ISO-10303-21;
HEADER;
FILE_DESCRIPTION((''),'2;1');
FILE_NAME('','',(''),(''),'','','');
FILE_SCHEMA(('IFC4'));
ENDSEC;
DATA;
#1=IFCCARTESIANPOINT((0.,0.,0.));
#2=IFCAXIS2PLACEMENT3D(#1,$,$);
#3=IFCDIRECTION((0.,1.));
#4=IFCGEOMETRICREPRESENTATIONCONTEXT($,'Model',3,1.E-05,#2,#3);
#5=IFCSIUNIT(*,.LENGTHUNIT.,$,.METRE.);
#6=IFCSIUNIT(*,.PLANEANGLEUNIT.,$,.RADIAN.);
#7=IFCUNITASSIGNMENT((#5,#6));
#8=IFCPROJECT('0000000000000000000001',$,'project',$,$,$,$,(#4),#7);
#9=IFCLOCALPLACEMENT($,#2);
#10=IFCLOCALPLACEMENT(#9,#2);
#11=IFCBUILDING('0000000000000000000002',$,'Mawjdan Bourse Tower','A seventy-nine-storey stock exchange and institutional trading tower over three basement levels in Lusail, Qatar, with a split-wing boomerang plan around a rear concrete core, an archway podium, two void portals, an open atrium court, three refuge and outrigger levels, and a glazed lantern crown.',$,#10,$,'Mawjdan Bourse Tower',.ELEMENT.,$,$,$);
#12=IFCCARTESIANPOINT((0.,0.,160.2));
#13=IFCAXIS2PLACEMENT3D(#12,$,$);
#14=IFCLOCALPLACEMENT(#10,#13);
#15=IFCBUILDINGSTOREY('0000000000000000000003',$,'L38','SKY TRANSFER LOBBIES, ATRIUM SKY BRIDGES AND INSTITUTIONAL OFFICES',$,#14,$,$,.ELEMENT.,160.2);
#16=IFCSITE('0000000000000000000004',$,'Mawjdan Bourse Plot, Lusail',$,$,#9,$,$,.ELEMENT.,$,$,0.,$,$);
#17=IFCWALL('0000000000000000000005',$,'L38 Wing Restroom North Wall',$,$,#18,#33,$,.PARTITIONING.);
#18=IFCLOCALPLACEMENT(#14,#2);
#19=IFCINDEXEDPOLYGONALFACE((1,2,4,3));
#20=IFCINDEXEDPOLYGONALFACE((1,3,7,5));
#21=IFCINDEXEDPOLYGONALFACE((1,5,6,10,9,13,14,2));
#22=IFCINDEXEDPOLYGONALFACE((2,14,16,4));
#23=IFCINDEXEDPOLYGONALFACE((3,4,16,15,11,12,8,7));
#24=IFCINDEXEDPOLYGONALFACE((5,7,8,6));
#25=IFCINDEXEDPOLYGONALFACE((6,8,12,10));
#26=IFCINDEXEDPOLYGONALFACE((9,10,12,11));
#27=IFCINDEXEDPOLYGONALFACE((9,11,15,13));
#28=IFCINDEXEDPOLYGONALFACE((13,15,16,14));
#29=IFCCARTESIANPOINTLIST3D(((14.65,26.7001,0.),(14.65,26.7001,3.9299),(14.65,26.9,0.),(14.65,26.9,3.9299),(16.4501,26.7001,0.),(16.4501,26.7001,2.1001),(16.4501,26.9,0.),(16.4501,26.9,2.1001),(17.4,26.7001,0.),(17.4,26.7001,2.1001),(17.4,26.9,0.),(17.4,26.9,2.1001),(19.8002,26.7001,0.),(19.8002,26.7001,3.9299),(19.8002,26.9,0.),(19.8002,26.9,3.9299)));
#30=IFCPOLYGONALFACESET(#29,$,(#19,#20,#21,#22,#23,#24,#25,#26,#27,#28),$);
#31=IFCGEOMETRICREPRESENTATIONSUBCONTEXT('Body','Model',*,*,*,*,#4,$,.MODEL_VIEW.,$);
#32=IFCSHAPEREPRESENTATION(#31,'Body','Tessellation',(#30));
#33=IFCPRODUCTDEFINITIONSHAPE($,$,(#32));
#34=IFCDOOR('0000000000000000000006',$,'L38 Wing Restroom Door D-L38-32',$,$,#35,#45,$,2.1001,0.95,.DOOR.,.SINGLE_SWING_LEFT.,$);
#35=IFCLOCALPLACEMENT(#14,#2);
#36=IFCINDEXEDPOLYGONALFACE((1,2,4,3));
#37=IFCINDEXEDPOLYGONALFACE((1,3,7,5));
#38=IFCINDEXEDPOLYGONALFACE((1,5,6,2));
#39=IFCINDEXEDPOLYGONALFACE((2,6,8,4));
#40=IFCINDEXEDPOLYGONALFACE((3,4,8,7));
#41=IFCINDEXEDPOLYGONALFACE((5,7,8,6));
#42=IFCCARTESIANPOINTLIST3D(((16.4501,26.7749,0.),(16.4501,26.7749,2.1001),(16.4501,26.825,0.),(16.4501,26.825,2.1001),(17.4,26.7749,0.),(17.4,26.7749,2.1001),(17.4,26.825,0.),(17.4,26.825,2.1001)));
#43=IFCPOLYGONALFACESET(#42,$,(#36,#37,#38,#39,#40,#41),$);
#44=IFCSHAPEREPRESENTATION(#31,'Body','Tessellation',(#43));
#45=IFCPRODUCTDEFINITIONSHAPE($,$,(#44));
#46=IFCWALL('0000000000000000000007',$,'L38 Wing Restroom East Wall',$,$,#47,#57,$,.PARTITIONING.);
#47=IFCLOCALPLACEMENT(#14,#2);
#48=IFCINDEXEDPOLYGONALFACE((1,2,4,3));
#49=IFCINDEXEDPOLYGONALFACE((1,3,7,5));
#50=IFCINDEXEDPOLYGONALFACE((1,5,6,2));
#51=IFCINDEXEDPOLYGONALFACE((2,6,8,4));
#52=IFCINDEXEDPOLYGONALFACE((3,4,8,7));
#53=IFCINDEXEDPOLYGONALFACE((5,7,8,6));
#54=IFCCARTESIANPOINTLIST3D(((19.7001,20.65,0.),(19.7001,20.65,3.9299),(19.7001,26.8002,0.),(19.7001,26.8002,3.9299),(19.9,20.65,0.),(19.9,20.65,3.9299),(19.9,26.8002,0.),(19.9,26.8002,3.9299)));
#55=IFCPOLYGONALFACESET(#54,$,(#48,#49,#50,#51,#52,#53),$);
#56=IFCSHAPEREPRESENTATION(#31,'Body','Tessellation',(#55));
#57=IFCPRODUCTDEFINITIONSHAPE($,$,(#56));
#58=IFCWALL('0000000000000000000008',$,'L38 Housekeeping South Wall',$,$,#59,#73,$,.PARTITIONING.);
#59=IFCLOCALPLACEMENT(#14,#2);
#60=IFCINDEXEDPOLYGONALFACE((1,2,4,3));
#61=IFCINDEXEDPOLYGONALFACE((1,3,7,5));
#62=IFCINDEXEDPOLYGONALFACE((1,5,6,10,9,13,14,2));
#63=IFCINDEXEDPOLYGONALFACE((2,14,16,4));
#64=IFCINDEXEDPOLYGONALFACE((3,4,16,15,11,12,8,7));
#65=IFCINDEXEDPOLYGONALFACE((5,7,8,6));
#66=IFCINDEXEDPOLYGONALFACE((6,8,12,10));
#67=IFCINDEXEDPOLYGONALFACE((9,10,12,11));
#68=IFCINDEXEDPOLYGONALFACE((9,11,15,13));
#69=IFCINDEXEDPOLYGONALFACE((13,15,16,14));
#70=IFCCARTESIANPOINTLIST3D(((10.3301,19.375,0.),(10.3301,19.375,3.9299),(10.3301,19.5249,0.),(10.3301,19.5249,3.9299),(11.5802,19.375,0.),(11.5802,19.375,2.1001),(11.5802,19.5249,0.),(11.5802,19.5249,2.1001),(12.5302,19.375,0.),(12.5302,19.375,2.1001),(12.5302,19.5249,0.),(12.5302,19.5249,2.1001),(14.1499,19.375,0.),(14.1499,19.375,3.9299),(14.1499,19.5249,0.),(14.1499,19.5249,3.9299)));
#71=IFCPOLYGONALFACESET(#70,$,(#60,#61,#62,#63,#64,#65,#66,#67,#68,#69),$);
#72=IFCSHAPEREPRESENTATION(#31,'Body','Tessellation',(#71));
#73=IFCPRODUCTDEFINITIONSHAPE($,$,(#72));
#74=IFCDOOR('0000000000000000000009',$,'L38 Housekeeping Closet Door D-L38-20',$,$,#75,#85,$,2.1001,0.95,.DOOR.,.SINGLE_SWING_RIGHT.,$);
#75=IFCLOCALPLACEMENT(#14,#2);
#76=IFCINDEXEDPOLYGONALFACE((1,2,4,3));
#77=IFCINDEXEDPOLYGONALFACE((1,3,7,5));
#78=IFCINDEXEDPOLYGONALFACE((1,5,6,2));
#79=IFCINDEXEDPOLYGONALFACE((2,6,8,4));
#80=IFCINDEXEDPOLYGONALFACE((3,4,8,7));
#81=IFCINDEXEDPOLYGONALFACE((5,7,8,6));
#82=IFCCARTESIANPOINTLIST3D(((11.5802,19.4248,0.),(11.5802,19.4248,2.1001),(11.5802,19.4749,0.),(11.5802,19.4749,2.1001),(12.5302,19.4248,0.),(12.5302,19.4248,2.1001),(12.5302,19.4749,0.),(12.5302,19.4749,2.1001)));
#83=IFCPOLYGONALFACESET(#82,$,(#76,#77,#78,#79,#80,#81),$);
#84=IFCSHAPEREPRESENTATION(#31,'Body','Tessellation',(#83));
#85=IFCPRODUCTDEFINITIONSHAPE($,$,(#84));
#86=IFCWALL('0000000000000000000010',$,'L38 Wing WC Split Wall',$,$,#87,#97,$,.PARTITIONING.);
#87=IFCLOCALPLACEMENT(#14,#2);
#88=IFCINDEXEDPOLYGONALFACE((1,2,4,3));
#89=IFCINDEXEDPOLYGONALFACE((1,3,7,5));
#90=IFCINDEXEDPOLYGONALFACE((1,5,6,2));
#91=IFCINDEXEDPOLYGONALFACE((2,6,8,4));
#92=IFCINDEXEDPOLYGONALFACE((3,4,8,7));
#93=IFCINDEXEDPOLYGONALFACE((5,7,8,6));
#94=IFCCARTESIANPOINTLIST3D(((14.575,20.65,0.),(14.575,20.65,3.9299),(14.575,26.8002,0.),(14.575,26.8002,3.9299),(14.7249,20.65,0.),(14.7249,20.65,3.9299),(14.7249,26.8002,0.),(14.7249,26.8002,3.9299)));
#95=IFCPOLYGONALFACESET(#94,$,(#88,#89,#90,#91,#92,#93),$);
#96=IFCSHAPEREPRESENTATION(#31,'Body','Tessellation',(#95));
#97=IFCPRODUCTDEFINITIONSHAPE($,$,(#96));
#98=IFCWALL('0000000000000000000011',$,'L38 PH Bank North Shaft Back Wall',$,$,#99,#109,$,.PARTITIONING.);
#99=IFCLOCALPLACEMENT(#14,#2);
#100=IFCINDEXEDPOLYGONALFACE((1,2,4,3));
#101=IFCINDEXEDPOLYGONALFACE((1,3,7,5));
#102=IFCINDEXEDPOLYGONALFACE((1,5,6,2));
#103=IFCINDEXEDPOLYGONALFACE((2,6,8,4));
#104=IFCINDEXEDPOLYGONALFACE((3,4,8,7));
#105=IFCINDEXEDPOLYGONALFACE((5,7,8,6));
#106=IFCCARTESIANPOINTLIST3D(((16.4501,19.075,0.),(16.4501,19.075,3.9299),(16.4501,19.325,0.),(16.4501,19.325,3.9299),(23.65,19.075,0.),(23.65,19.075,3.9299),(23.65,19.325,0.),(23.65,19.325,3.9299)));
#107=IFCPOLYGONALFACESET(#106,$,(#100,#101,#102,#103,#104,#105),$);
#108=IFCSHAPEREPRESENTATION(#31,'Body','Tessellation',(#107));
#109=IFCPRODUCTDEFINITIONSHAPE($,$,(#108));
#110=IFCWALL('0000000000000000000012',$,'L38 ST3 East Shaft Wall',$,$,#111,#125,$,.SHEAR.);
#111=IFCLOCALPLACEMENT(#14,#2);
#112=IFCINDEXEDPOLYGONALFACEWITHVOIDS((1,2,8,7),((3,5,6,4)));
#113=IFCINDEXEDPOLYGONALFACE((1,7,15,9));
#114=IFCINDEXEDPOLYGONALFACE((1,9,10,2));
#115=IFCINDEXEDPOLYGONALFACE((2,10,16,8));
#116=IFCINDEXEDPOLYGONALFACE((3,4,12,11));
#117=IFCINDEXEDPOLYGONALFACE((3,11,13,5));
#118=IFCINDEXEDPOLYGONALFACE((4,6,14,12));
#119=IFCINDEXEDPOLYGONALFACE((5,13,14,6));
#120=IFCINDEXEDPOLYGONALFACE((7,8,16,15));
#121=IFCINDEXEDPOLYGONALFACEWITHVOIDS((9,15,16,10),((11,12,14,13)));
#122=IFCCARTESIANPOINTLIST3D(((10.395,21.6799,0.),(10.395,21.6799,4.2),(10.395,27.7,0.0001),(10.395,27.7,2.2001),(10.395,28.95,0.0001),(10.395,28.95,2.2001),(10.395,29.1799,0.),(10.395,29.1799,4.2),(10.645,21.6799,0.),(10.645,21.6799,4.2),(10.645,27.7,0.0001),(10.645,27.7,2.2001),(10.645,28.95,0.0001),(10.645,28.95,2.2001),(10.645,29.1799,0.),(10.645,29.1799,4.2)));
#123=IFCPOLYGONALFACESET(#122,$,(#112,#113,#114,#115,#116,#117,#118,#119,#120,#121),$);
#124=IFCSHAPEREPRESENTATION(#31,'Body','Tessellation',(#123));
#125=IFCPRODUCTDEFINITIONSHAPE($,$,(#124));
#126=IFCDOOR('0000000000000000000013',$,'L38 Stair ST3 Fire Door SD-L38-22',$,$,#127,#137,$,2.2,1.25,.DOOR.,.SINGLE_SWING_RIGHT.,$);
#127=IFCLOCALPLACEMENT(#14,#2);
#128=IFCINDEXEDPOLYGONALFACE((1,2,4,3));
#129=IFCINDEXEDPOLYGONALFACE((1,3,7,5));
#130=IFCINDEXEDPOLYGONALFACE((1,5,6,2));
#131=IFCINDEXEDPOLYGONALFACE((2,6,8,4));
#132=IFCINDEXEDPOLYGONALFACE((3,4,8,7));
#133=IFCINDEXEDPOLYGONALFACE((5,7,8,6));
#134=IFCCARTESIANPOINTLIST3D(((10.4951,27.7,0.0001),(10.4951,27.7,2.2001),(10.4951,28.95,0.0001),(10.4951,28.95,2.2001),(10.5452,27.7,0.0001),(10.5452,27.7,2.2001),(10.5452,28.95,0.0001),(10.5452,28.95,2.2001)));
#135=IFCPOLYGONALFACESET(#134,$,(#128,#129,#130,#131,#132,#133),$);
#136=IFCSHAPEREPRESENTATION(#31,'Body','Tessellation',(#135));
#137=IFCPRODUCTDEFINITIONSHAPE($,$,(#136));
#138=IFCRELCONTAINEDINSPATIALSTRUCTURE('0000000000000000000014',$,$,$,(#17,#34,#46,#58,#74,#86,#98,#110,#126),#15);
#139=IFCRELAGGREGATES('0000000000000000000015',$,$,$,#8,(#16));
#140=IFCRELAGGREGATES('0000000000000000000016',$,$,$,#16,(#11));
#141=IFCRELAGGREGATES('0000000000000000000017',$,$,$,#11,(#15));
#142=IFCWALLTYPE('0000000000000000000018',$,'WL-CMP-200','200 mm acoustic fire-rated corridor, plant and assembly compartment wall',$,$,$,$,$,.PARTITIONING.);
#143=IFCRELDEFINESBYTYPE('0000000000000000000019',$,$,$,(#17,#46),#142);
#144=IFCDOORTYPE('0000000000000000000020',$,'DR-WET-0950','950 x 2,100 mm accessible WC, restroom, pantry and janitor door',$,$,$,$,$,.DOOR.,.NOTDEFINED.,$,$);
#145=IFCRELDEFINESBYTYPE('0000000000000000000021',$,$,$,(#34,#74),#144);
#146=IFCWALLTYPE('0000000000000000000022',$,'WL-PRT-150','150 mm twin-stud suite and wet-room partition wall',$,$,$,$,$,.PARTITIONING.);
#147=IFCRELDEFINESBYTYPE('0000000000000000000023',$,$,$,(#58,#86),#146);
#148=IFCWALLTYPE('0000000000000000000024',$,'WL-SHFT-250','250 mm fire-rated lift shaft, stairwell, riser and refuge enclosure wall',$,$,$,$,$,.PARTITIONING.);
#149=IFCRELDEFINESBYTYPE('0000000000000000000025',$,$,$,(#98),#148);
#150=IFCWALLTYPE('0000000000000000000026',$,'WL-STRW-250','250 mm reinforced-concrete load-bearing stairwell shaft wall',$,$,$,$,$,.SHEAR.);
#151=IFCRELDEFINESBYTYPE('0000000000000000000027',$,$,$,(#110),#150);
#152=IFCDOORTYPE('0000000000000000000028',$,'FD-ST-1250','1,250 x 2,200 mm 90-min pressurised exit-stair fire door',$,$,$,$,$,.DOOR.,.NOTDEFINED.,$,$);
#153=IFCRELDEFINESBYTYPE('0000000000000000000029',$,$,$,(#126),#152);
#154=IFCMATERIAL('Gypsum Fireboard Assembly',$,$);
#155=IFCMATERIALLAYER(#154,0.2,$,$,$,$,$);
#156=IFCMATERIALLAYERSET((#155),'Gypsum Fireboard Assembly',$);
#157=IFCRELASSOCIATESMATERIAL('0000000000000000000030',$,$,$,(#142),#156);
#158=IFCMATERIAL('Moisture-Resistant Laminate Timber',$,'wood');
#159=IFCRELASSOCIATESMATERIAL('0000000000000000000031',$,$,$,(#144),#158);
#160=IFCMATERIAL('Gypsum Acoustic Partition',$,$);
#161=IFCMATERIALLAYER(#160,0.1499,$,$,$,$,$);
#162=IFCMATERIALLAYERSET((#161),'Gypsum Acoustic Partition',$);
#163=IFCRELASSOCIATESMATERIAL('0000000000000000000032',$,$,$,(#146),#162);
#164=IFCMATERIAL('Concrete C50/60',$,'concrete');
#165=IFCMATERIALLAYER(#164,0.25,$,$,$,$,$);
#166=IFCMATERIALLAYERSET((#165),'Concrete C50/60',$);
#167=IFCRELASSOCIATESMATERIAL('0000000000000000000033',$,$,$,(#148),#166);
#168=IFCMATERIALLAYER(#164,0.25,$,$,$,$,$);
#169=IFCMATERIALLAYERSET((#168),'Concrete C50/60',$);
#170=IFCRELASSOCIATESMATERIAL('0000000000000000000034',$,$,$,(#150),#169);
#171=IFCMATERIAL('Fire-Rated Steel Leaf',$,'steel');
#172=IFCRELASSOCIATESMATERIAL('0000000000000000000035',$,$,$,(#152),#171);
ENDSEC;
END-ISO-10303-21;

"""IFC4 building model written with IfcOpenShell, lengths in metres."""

from ifc_helpers import new_model, si_unit, direction, frame, frame_2d, origin, place, context, subcontext, project, spatial, rectangle, extrude, material, layer, layer_set, type_object, element, fill, save


model = new_model("IFC4")

# Units and contexts
model_context = context("Model", 3, precision=1e-05, world=origin(), true_north=direction((0.0, 1.0)))
body_context = subcontext(model_context, "Body", "Model", "MODEL_VIEW")
ifc_project = project(units=[si_unit("LENGTHUNIT", "METRE"), si_unit("PLANEANGLEUNIT", "RADIAN")], contexts=[model_context])

# Site, building, storey
site_placement = place(None, origin())
site = spatial("IfcSite", under=ifc_project, at=site_placement, Name="Mawjdan Bourse Plot, Lusail", CompositionType="ELEMENT", RefElevation=0.0)
building_placement = place(site_placement, origin())
building = spatial("IfcBuilding", under=site, at=building_placement, Name="Mawjdan Bourse Tower", Description="A seventy-nine-storey stock exchange and institutional trading tower over three basement levels in Lusail, Qatar, with a split-wing boomerang plan around a rear concrete core, an archway podium, two void portals, an open atrium court, three refuge and outrigger levels, and a glazed lantern crown.", LongName="Mawjdan Bourse Tower", CompositionType="ELEMENT")
storey_placement = place(building_placement, frame((0.0, 0.0, 160.2)))
storey = spatial("IfcBuildingStorey", under=building, at=storey_placement, Name="L38", Description="SKY TRANSFER LOBBIES, ATRIUM SKY BRIDGES AND INSTITUTIONAL OFFICES", CompositionType="ELEMENT", Elevation=160.2)

# Wall, opening, door
ifc_material_1 = material(Name="Gypsum Fireboard Assembly")
ifc_layer_1 = layer(ifc_material_1, 0.2)
ifc_layer_set_1 = layer_set([ifc_layer_1], Name="Gypsum Fireboard Assembly")
wall_type_1 = type_object("IfcWallType", Name="WL-CMP-200", Description="200 mm acoustic fire-rated corridor, plant and assembly compartment wall", PredefinedType="PARTITIONING", material=ifc_layer_set_1)
ifc_material_2 = material(Name="Moisture-Resistant Laminate Timber", Category="wood")
door_type_1 = type_object("IfcDoorType", Name="DR-WET-0950", Description="950 x 2,100 mm accessible WC, restroom, pantry and janitor door", OperationType="NOTDEFINED", PredefinedType="DOOR", material=ifc_material_2)
wall_1_placement = place(storey_placement, frame((14.6499, 26.8, 0.0), z_axis=(0.0, 0.0, 1.0), x_axis=(1.0, 0.0, 0.0)))
wall_1 = element("IfcWall", 1, at=wall_1_placement, inside=storey, type_object=wall_type_1, Name="L38 Wing Restroom North Wall", PredefinedType="PARTITIONING", context=body_context, shape_type="SweptSolid", body=[
    extrude(rectangle(XDim=5.1501, YDim=0.2, at=frame_2d((2.5752, 0.0))), origin(), (0.0, 0.0, 1.0), 3.9299),
])
opening_1_placement = place(wall_1_placement, frame((1.8, 0.0, 0.0)))
opening_1 = element("IfcOpeningElement", 2, at=opening_1_placement, cuts=wall_1, PredefinedType="OPENING", context=body_context, shape_type="SweptSolid", body=[
    extrude(rectangle(XDim=0.95, YDim=2.1001, at=frame_2d((0.4751, 1.05))), frame((0.0, 0.1099, 0.0), z_axis=(0.0, -1.0, 0.0), x_axis=(1.0, 0.0, 0.0)), (0.0, 0.0, 1.0), 0.22),
])
door_1_placement = place(opening_1_placement, origin())
door_1 = element("IfcDoor", 3, at=door_1_placement, inside=storey, type_object=door_type_1, Name="L38 Wing Restroom Door D-L38-32", OperationType="SINGLE_SWING_LEFT", OverallHeight=2.1001, OverallWidth=0.95, PredefinedType="DOOR", context=body_context, shape_type="SweptSolid", body=[
    extrude(rectangle(XDim=0.95, YDim=2.1001, at=frame_2d((0.4751, 1.05))), frame((0.0, 0.0249, 0.0), z_axis=(0.0, -1.0, 0.0), x_axis=(1.0, 0.0, 0.0)), (0.0, 0.0, 1.0), 0.05),
])
fill(opening_1, door_1)

# Wall
wall_2_placement = place(storey_placement, frame((19.8, 20.6499, 0.0), z_axis=(0.0, 0.0, 1.0), x_axis=(0.0, 1.0, 0.0)))
element("IfcWall", 4, at=wall_2_placement, inside=storey, type_object=wall_type_1, Name="L38 Wing Restroom East Wall", PredefinedType="PARTITIONING", context=body_context, shape_type="SweptSolid", body=[
    extrude(rectangle(XDim=6.1501, YDim=0.2, at=frame_2d((3.0752, 0.0))), origin(), (0.0, 0.0, 1.0), 3.9299),
])

# Wall, opening, door
ifc_material_3 = material(Name="Gypsum Acoustic Partition")
ifc_layer_2 = layer(ifc_material_3, 0.1499)
ifc_layer_set_2 = layer_set([ifc_layer_2], Name="Gypsum Acoustic Partition")
wall_type_2 = type_object("IfcWallType", Name="WL-PRT-150", Description="150 mm twin-stud suite and wet-room partition wall", PredefinedType="PARTITIONING", material=ifc_layer_set_2)
wall_3_placement = place(storey_placement, frame((10.3301, 19.45, 0.0), z_axis=(0.0, 0.0, 1.0), x_axis=(1.0, 0.0, 0.0)))
wall_3 = element("IfcWall", 5, at=wall_3_placement, inside=storey, type_object=wall_type_2, Name="L38 Housekeeping South Wall", PredefinedType="PARTITIONING", context=body_context, shape_type="SweptSolid", body=[
    extrude(rectangle(XDim=3.8198, YDim=0.1499, at=frame_2d((1.9099, 0.0))), origin(), (0.0, 0.0, 1.0), 3.9299),
])
opening_2_placement = place(wall_3_placement, frame((1.25, 0.0, 0.0)))
opening_2 = element("IfcOpeningElement", 6, at=opening_2_placement, cuts=wall_3, PredefinedType="OPENING", context=body_context, shape_type="SweptSolid", body=[
    extrude(rectangle(XDim=0.95, YDim=2.1001, at=frame_2d((0.4751, 1.05))), frame((0.0, 0.085, 0.0), z_axis=(0.0, -1.0, 0.0), x_axis=(1.0, 0.0, 0.0)), (0.0, 0.0, 1.0), 0.1699),
])
door_2_placement = place(opening_2_placement, origin())
door_2 = element("IfcDoor", 7, at=door_2_placement, inside=storey, type_object=door_type_1, Name="L38 Housekeeping Closet Door D-L38-20", OperationType="SINGLE_SWING_RIGHT", OverallHeight=2.1001, OverallWidth=0.95, PredefinedType="DOOR", context=body_context, shape_type="SweptSolid", body=[
    extrude(rectangle(XDim=0.95, YDim=2.1001, at=frame_2d((0.4751, 1.05))), frame((0.0, 0.0249, 0.0), z_axis=(0.0, -1.0, 0.0), x_axis=(1.0, 0.0, 0.0)), (0.0, 0.0, 1.0), 0.05),
])
fill(opening_2, door_2)

# Walls
wall_4_placement = place(storey_placement, frame((14.6499, 20.6499, 0.0), z_axis=(0.0, 0.0, 1.0), x_axis=(0.0, 1.0, 0.0)))
element("IfcWall", 8, at=wall_4_placement, inside=storey, type_object=wall_type_2, Name="L38 Wing WC Split Wall", PredefinedType="PARTITIONING", context=body_context, shape_type="SweptSolid", body=[
    extrude(rectangle(XDim=6.1501, YDim=0.1499, at=frame_2d((3.0752, 0.0))), origin(), (0.0, 0.0, 1.0), 3.9299),
])
ifc_material_4 = material(Name="Concrete C50/60", Category="concrete")
ifc_layer_3 = layer(ifc_material_4, 0.25)
ifc_layer_set_3 = layer_set([ifc_layer_3], Name="Concrete C50/60")
wall_type_3 = type_object("IfcWallType", Name="WL-SHFT-250", Description="250 mm fire-rated lift shaft, stairwell, riser and refuge enclosure wall", PredefinedType="PARTITIONING", material=ifc_layer_set_3)
wall_5_placement = place(storey_placement, frame((16.45, 19.2, 0.0), z_axis=(0.0, 0.0, 1.0), x_axis=(1.0, 0.0, 0.0)))
element("IfcWall", 9, at=wall_5_placement, inside=storey, type_object=wall_type_3, Name="L38 PH Bank North Shaft Back Wall", PredefinedType="PARTITIONING", context=body_context, shape_type="SweptSolid", body=[
    extrude(rectangle(XDim=7.2, YDim=0.25, at=frame_2d((3.6001, 0.0))), origin(), (0.0, 0.0, 1.0), 3.9299),
])

# Wall, opening, door
ifc_layer_4 = layer(ifc_material_4, 0.25)
ifc_layer_set_4 = layer_set([ifc_layer_4], Name="Concrete C50/60")
wall_type_4 = type_object("IfcWallType", Name="WL-STRW-250", Description="250 mm reinforced-concrete load-bearing stairwell shaft wall", PredefinedType="SHEAR", material=ifc_layer_set_4)
wall_6_placement = place(storey_placement, frame((10.52, 21.6799, 0.0), z_axis=(0.0, 0.0, 1.0), x_axis=(0.0, 1.0, 0.0)))
wall_6 = element("IfcWall", 10, at=wall_6_placement, inside=storey, type_object=wall_type_4, Name="L38 ST3 East Shaft Wall", PredefinedType="SHEAR", context=body_context, shape_type="SweptSolid", body=[
    extrude(rectangle(XDim=7.5, YDim=0.25, at=frame_2d((3.75, 0.0))), origin(), (0.0, 0.0, 1.0), 4.2),
])
opening_3_placement = place(wall_6_placement, frame((6.02, 0.0, 0.0)))
opening_3 = element("IfcOpeningElement", 11, at=opening_3_placement, cuts=wall_6, PredefinedType="OPENING", context=body_context, shape_type="SweptSolid", body=[
    extrude(rectangle(XDim=1.25, YDim=2.2, at=frame_2d((0.625, 1.1001))), frame((0.0, 0.135, 0.0), z_axis=(0.0, -1.0, 0.0), x_axis=(1.0, 0.0, 0.0)), (0.0, 0.0, 1.0), 0.27),
])
ifc_material_5 = material(Name="Fire-Rated Steel Leaf", Category="steel")
door_type_2 = type_object("IfcDoorType", Name="FD-ST-1250", Description="1,250 x 2,200 mm 90-min pressurised exit-stair fire door", OperationType="NOTDEFINED", PredefinedType="DOOR", material=ifc_material_5)
door_3_placement = place(opening_3_placement, origin())
door_3 = element("IfcDoor", 12, at=door_3_placement, inside=storey, type_object=door_type_2, Name="L38 Stair ST3 Fire Door SD-L38-22", OperationType="SINGLE_SWING_RIGHT", OverallHeight=2.2, OverallWidth=1.25, PredefinedType="DOOR", context=body_context, shape_type="SweptSolid", body=[
    extrude(rectangle(XDim=1.25, YDim=2.2, at=frame_2d((0.625, 1.1001))), frame((0.0, 0.0249, 0.0), z_axis=(0.0, -1.0, 0.0), x_axis=(1.0, 0.0, 0.0)), (0.0, 0.0, 1.0), 0.05),
])
fill(opening_3, door_3)

save(model, "model.ifc")
